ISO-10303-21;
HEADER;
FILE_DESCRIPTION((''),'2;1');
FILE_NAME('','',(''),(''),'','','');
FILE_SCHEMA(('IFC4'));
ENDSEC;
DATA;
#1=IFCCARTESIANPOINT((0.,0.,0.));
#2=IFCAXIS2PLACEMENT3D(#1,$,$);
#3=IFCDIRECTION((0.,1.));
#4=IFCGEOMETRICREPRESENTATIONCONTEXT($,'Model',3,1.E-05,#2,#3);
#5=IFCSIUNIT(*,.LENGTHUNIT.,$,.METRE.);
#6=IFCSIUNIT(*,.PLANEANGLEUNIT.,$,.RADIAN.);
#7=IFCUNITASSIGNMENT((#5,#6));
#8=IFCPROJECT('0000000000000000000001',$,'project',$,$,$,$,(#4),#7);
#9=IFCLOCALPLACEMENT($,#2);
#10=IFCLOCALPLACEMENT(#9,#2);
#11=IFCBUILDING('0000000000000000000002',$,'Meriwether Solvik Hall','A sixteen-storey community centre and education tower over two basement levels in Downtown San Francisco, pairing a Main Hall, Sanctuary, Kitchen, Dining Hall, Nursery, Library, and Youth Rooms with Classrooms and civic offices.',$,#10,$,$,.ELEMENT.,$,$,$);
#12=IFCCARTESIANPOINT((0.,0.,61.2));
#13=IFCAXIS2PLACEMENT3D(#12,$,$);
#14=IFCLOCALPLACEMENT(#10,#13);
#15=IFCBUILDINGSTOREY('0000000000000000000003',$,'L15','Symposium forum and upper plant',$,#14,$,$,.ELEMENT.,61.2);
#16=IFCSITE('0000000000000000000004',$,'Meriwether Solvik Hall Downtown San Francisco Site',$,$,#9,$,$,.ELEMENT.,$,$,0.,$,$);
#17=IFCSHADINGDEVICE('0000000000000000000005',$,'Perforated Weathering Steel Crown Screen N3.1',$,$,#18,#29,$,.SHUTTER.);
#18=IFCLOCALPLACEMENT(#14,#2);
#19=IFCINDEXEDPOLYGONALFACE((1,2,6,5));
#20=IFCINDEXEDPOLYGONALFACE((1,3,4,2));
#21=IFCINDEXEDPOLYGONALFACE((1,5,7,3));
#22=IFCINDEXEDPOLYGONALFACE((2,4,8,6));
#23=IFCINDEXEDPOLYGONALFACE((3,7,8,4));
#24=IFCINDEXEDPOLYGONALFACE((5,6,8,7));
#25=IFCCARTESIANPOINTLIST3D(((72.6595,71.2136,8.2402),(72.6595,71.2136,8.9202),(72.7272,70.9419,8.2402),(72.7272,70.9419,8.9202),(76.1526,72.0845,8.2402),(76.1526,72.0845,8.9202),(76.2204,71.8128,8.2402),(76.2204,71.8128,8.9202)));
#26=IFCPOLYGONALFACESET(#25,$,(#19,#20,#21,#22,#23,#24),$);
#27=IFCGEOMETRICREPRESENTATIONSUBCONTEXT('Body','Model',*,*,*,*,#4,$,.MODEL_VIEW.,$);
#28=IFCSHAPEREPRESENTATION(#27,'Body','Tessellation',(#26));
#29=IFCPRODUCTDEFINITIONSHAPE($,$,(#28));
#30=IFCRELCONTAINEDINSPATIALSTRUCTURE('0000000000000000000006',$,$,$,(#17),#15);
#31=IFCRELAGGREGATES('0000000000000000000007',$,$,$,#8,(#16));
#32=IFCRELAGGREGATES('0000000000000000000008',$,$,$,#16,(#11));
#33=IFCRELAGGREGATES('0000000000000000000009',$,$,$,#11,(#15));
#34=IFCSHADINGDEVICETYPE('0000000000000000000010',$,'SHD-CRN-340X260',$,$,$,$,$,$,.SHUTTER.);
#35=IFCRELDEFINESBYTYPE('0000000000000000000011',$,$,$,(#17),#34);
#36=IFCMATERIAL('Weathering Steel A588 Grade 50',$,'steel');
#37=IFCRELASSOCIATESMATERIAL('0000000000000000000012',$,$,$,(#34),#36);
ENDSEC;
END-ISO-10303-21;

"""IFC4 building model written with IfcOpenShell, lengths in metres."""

from ifc_helpers import new_model, si_unit, direction, frame, origin, origin_2d, place, context, subcontext, project, spatial, rectangle, extrude, material, type_object, element, save


model = new_model("IFC4")

# Units and contexts
model_context = context("Model", 3, precision=1e-05, world=origin(), true_north=direction((0.0, 1.0)))
body_context = subcontext(model_context, "Body", "Model", "MODEL_VIEW")
ifc_project = project(units=[si_unit("LENGTHUNIT", "METRE"), si_unit("PLANEANGLEUNIT", "RADIAN")], contexts=[model_context])

# Site, building, storey
site_placement = place(None, origin())
site = spatial("IfcSite", under=ifc_project, at=site_placement, Name="Meriwether Solvik Hall Downtown San Francisco Site", CompositionType="ELEMENT", RefElevation=0.0)
building_placement = place(site_placement, origin())
building = spatial("IfcBuilding", under=site, at=building_placement, Name="Meriwether Solvik Hall", Description="A sixteen-storey community centre and education tower over two basement levels in Downtown San Francisco, pairing a Main Hall, Sanctuary, Kitchen, Dining Hall, Nursery, Library, and Youth Rooms with Classrooms and civic offices.", CompositionType="ELEMENT")
storey_placement = place(building_placement, frame((0.0, 0.0, 61.2)))
storey = spatial("IfcBuildingStorey", under=building, at=storey_placement, Name="L15", Description="Symposium forum and upper plant", CompositionType="ELEMENT", Elevation=61.2)

# Shading device
ifc_material_1 = material(Name="Weathering Steel A588 Grade 50", Category="steel")
shading_device_type_1 = type_object("IfcShadingDeviceType", Name="SHD-CRN-340X260", PredefinedType="SHUTTER", material=ifc_material_1)
shading_device_1_placement = place(storey_placement, frame((74.4399, 71.5132, 8.2402), z_axis=(0.0, 0.0, 1.0), x_axis=(-0.970296, -0.241922, 0.0)))
element("IfcShadingDevice", 1, at=shading_device_1_placement, inside=storey, type_object=shading_device_type_1, Name="Perforated Weathering Steel Crown Screen N3.1", PredefinedType="SHUTTER", context=body_context, shape_type="SweptSolid", body=[
    extrude(rectangle(XDim=3.6001, YDim=0.28, at=origin_2d()), origin(), (0.0, 0.0, 1.0), 0.6799),
])

save(model, "model.ifc")
